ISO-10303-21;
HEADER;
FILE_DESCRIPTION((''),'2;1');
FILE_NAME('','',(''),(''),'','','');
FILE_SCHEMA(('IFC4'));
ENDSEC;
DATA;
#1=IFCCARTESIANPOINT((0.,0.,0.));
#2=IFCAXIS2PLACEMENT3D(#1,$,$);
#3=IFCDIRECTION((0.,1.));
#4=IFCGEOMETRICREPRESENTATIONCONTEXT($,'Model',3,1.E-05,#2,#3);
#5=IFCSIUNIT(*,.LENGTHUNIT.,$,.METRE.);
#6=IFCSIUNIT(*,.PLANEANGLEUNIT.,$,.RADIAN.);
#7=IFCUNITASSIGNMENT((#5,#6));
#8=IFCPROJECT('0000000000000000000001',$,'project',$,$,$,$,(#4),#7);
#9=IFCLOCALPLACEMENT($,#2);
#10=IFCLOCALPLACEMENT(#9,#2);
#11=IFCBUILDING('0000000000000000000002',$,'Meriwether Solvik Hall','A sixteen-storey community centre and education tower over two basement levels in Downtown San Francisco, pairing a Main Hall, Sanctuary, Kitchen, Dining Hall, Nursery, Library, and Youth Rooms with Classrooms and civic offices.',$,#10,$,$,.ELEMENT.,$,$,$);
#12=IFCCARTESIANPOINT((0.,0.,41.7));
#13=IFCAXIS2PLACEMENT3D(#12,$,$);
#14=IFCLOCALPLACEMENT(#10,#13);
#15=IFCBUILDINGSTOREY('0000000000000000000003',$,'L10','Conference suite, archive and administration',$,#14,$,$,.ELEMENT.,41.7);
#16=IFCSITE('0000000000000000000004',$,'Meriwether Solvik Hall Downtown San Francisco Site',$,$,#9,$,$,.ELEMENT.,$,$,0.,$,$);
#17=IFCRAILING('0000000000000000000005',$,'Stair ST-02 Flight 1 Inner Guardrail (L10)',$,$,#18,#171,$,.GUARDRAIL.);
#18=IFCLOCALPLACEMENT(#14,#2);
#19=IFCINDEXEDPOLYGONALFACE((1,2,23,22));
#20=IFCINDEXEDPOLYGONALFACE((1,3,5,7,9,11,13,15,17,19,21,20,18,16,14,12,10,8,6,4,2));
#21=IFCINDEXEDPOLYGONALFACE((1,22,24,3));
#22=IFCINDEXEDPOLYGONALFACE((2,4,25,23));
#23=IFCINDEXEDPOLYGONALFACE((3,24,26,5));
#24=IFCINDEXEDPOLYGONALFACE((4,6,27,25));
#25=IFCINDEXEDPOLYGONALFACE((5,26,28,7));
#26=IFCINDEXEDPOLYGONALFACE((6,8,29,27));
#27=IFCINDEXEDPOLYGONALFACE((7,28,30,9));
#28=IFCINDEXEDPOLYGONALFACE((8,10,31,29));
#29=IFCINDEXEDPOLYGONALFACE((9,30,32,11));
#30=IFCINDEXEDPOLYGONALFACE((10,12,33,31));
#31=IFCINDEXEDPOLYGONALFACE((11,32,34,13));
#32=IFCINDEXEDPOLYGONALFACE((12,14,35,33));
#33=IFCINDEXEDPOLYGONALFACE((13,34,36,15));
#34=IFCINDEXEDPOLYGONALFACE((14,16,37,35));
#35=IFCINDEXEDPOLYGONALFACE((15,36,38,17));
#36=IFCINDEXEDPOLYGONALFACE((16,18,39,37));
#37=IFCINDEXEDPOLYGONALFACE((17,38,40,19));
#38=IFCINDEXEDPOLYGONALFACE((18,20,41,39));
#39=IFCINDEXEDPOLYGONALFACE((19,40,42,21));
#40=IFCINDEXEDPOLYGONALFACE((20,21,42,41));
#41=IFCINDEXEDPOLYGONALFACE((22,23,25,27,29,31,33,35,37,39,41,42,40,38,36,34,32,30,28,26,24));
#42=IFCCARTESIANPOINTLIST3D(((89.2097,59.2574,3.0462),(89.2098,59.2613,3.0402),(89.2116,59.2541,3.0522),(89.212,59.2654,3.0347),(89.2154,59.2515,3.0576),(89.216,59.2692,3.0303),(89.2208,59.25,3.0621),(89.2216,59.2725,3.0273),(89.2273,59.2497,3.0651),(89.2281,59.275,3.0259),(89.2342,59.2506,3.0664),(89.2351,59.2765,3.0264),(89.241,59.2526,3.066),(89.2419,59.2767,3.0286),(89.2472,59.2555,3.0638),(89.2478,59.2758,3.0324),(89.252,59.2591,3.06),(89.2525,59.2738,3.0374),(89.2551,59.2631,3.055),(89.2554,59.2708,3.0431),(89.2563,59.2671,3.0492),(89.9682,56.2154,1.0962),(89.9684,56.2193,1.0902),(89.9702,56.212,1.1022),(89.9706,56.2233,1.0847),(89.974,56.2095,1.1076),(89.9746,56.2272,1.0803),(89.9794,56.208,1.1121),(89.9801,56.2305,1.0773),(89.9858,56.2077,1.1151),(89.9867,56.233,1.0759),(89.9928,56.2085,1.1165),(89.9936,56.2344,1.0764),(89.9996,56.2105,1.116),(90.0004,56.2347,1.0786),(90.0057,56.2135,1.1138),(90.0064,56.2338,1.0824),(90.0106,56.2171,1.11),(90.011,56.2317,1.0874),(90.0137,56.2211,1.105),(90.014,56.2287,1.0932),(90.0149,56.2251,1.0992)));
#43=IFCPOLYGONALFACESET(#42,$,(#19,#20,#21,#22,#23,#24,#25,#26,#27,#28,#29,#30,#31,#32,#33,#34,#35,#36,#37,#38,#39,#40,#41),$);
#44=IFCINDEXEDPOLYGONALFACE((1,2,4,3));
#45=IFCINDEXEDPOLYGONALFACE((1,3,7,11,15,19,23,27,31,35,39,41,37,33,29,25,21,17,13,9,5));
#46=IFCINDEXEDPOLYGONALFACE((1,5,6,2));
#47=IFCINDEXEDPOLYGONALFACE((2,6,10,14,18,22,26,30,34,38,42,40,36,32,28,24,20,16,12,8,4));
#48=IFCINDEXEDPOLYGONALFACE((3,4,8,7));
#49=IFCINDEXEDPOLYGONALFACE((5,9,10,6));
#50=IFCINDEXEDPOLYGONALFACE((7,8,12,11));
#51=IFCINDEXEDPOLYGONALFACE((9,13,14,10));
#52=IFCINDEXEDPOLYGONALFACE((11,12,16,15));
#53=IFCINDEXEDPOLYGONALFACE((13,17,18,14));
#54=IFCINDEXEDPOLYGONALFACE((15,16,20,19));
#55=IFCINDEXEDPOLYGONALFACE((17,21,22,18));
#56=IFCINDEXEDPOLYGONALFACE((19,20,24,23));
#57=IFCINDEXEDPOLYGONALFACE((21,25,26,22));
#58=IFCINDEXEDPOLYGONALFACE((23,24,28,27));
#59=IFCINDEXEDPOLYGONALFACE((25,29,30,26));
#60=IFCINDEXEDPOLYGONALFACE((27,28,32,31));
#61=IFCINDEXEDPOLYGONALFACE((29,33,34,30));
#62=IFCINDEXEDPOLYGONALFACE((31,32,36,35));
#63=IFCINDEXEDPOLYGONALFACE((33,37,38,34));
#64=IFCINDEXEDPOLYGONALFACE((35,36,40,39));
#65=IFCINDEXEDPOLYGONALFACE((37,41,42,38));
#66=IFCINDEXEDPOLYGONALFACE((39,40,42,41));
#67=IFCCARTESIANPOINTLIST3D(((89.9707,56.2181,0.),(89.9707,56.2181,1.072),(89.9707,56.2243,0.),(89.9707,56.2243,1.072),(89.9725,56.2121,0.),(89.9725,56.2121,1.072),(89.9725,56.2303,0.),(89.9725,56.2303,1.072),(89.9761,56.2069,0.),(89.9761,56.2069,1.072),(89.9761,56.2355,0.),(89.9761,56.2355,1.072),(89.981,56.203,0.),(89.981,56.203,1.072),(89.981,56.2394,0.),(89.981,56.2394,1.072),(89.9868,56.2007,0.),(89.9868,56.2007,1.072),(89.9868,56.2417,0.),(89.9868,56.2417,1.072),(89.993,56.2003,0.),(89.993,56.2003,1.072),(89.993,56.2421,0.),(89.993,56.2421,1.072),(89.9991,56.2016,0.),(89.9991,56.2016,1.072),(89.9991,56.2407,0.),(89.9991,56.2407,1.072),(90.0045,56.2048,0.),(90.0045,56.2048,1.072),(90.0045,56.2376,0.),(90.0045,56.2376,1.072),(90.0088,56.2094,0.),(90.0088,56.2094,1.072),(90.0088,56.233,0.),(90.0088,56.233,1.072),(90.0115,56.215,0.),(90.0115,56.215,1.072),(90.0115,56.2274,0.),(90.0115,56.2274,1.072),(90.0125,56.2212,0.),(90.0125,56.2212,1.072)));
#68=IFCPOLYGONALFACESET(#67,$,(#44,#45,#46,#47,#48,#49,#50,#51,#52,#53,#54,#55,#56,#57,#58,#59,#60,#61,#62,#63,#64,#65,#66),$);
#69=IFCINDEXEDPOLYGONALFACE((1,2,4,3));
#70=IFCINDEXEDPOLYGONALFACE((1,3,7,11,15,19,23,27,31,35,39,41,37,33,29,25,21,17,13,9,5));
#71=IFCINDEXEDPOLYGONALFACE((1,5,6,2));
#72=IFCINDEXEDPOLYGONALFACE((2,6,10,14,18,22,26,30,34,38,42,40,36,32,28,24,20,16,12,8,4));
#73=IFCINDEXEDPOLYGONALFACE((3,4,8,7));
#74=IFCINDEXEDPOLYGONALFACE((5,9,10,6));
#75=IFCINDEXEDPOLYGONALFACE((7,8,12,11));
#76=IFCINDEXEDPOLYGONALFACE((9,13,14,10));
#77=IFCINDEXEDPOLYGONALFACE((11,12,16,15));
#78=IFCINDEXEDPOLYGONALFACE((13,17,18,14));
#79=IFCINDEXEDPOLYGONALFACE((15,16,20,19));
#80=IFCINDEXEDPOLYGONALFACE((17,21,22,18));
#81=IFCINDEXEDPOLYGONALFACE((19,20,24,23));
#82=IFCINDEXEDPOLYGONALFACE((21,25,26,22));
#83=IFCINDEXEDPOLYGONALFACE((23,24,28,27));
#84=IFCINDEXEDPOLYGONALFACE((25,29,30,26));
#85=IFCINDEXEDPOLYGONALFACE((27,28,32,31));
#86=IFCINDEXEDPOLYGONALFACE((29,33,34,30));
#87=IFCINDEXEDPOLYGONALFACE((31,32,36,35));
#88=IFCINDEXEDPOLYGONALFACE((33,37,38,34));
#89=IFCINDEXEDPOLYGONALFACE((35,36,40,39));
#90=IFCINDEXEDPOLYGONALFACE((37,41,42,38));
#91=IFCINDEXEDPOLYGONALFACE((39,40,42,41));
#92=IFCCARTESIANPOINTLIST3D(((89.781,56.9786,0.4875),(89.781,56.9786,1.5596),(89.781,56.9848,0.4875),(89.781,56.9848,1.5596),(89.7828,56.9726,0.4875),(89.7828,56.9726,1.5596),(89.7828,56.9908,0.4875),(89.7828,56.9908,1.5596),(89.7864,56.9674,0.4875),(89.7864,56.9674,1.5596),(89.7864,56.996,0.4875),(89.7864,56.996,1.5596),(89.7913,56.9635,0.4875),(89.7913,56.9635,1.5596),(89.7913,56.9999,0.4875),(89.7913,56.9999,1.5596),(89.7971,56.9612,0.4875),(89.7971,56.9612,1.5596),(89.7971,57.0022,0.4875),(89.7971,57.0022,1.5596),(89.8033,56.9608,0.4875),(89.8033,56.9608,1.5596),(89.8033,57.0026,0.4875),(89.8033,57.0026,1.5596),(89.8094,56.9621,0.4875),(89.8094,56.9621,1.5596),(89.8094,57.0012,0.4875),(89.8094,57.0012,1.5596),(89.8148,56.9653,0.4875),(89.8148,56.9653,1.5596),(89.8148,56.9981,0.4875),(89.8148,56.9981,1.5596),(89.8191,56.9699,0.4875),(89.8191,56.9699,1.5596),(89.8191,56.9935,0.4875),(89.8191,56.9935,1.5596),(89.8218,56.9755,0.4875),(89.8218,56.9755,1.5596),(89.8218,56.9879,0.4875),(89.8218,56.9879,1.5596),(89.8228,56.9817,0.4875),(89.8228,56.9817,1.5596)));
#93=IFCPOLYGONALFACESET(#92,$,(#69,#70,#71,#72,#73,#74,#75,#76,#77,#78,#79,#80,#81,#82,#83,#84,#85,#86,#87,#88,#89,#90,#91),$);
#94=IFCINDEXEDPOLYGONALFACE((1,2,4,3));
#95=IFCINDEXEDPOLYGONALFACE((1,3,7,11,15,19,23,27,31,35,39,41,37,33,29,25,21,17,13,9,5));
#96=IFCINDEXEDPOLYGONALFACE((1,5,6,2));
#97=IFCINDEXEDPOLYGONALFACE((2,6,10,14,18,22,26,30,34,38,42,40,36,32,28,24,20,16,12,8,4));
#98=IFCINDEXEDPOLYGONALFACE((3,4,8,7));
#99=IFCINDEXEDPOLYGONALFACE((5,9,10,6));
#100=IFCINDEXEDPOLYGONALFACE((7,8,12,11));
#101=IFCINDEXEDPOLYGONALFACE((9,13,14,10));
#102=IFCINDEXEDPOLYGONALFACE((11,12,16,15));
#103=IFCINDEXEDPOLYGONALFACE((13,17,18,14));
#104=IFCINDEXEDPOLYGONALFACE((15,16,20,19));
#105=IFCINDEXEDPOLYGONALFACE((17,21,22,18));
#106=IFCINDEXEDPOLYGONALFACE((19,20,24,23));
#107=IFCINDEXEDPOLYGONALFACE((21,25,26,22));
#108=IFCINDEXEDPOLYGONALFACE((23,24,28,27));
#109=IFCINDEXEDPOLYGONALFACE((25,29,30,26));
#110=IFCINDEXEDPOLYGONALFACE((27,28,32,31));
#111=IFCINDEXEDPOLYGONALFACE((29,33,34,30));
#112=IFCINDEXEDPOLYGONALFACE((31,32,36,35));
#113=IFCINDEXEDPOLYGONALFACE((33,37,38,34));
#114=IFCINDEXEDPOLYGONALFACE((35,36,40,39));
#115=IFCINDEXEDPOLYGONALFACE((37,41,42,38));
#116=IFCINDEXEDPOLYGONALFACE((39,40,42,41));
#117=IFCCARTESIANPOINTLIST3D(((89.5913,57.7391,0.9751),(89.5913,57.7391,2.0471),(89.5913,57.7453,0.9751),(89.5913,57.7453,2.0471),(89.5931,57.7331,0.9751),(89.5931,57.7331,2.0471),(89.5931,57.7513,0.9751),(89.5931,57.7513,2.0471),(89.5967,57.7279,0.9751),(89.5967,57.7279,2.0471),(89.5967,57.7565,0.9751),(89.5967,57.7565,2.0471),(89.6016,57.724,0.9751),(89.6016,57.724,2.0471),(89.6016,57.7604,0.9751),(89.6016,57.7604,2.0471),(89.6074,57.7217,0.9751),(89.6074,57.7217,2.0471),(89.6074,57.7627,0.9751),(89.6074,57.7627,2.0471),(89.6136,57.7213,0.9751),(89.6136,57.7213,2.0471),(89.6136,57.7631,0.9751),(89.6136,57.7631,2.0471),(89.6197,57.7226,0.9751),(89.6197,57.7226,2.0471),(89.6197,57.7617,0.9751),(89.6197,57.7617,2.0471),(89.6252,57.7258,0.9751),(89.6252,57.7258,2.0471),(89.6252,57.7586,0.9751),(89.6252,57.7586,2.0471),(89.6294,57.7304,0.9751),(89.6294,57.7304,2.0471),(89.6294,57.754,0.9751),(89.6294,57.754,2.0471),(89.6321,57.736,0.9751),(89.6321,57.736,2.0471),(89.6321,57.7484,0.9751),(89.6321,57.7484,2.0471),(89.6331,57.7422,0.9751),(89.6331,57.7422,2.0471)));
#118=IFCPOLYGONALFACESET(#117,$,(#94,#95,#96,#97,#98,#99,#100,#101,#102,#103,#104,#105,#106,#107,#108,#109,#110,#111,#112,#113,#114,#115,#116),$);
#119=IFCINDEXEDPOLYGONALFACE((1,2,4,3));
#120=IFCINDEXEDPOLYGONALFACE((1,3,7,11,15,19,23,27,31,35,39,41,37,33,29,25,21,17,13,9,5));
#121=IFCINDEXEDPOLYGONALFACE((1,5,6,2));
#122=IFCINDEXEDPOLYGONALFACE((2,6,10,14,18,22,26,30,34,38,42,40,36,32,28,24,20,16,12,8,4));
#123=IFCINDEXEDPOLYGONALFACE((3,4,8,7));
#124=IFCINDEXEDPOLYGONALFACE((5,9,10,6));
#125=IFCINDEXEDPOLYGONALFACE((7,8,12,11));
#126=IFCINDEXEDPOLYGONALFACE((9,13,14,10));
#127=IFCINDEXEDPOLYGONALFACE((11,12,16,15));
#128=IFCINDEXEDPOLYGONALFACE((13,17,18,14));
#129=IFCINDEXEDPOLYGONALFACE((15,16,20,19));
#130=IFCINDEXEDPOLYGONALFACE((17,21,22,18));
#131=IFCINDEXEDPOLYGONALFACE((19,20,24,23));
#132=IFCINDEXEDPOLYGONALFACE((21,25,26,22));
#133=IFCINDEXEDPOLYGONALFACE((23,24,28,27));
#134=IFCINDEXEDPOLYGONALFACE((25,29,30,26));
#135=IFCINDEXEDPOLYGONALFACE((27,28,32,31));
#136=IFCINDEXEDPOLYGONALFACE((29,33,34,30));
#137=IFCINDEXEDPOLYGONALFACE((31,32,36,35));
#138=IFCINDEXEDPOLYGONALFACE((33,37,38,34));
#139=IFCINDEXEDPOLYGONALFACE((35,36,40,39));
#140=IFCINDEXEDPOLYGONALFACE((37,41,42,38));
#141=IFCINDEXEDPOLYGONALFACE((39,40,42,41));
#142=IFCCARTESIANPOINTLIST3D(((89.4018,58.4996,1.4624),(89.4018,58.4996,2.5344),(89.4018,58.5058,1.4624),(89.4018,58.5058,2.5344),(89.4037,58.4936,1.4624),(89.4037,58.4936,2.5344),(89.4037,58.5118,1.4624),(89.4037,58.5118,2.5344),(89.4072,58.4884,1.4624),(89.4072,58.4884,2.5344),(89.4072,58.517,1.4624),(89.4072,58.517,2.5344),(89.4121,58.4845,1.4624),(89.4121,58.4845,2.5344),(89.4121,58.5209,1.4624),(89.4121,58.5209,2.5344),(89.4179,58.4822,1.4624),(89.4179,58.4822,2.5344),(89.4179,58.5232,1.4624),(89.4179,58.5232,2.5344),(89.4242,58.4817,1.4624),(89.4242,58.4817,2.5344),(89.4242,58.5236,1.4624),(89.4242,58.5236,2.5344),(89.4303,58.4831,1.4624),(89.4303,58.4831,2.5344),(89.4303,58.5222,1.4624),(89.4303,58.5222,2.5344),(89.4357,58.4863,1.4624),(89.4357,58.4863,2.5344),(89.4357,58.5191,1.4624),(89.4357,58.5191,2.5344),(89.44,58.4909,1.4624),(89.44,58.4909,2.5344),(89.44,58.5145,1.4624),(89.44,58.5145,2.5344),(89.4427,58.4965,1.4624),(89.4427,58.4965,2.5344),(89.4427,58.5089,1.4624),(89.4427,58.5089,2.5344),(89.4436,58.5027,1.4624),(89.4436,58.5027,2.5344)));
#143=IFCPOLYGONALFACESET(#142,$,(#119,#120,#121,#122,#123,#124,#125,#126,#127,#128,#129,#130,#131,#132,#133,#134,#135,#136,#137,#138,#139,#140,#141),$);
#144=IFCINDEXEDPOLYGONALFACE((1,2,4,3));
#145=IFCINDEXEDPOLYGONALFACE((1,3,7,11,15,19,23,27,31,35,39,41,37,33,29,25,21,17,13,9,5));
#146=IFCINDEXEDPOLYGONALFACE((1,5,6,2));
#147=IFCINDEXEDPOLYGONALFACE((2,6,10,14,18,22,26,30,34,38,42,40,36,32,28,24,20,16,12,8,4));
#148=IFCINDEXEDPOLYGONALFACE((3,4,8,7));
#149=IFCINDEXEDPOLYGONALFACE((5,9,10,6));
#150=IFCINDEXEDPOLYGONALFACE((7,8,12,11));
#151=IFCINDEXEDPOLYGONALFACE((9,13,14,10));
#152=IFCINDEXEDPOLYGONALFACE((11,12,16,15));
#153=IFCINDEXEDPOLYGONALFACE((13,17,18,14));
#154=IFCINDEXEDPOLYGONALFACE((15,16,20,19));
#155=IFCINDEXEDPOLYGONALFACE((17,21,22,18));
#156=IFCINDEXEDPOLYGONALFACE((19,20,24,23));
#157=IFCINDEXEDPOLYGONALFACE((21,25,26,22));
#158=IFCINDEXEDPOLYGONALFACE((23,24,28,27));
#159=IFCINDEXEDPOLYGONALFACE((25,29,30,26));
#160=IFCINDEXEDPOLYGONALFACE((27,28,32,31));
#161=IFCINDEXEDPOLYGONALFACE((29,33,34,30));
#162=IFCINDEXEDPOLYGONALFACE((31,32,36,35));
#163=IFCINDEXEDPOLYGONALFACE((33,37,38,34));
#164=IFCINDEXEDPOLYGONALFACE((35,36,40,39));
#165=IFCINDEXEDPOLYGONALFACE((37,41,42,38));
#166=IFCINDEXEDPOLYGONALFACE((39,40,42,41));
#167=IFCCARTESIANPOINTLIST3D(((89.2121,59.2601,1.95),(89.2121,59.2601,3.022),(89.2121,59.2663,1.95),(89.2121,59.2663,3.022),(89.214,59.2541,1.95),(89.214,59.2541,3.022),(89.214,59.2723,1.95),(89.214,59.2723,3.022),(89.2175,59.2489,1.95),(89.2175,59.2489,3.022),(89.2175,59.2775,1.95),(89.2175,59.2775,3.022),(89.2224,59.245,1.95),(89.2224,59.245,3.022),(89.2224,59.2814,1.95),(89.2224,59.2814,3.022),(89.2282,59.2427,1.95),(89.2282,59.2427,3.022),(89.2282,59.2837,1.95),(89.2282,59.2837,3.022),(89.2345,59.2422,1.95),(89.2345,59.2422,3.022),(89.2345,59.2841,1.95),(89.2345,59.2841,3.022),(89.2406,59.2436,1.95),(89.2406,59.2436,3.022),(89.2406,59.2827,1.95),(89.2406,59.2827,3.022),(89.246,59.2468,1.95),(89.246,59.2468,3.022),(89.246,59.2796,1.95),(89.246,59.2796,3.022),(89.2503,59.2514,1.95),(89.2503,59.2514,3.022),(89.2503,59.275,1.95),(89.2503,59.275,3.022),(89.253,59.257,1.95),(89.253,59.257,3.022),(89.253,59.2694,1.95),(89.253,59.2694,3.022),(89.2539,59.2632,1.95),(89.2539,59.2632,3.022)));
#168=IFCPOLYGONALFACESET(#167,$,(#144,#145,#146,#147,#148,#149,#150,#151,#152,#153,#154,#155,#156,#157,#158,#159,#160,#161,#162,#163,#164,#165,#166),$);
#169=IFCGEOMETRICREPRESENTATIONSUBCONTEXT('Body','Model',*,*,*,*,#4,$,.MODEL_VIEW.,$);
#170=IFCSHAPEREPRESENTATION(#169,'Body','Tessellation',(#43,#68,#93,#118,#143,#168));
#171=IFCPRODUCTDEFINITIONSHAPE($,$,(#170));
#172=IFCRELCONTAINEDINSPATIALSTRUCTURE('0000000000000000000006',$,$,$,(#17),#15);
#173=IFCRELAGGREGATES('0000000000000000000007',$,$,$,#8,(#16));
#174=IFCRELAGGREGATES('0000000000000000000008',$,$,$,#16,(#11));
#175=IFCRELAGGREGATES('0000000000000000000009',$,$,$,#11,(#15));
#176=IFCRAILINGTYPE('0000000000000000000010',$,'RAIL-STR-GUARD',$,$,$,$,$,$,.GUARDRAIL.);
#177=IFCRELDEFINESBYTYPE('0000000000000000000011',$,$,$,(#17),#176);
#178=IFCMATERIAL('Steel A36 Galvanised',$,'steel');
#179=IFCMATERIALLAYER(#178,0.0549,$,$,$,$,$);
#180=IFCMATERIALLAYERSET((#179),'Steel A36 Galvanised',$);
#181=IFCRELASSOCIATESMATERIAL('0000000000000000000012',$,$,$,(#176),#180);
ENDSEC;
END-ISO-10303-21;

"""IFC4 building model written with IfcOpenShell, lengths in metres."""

from ifc_helpers import new_model, si_unit, direction, frame, origin, origin_2d, place, context, subcontext, project, spatial, circle, extrude, material, layer, layer_set, type_object, element, save


model = new_model("IFC4")

# Units and contexts
model_context = context("Model", 3, precision=1e-05, world=origin(), true_north=direction((0.0, 1.0)))
body_context = subcontext(model_context, "Body", "Model", "MODEL_VIEW")
ifc_project = project(units=[si_unit("LENGTHUNIT", "METRE"), si_unit("PLANEANGLEUNIT", "RADIAN")], contexts=[model_context])

# Site, building, storey
site_placement = place(None, origin())
site = spatial("IfcSite", under=ifc_project, at=site_placement, Name="Meriwether Solvik Hall Downtown San Francisco Site", CompositionType="ELEMENT", RefElevation=0.0)
building_placement = place(site_placement, origin())
building = spatial("IfcBuilding", under=site, at=building_placement, Name="Meriwether Solvik Hall", Description="A sixteen-storey community centre and education tower over two basement levels in Downtown San Francisco, pairing a Main Hall, Sanctuary, Kitchen, Dining Hall, Nursery, Library, and Youth Rooms with Classrooms and civic offices.", CompositionType="ELEMENT")
storey_placement = place(building_placement, frame((0.0, 0.0, 41.7)))
storey = spatial("IfcBuildingStorey", under=building, at=storey_placement, Name="L10", Description="Conference suite, archive and administration", CompositionType="ELEMENT", Elevation=41.7)

# Railing
ifc_material_1 = material(Name="Steel A36 Galvanised", Category="steel")
ifc_layer_1 = layer(ifc_material_1, 0.0549)
ifc_layer_set_1 = layer_set([ifc_layer_1], Name="Steel A36 Galvanised")
railing_type_1 = type_object("IfcRailingType", Name="RAIL-STR-GUARD", PredefinedType="GUARDRAIL", material=ifc_layer_set_1)
railing_1_placement = place(storey_placement, frame((89.9915, 56.2212, 0.0)))
element("IfcRailing", 1, at=railing_1_placement, inside=storey, type_object=railing_type_1, Name="Stair ST-02 Flight 1 Inner Guardrail (L10)", PredefinedType="GUARDRAIL", context=body_context, shape_type="SweptSolid", body=[
    extrude(circle(Radius=0.0239, at=origin_2d()), frame((0.0, 0.0, 1.0962), z_axis=(-0.205452, 0.823925, 0.528145), x_axis=(-0.970289, -0.241949, 0.0)), (0.0, 0.0, 1.0), 3.6921),
    extrude(circle(Radius=0.021, at=origin_2d()), origin(), (0.0, 0.0, 1.0), 1.072),
    extrude(circle(Radius=0.021, at=origin_2d()), frame((-0.1897, 0.7605, 0.4875)), (0.0, 0.0, 1.0), 1.072),
    extrude(circle(Radius=0.021, at=origin_2d()), frame((-0.3794, 1.521, 0.9751)), (0.0, 0.0, 1.0), 1.072),
    extrude(circle(Radius=0.021, at=origin_2d()), frame((-0.5688, 2.2815, 1.4624)), (0.0, 0.0, 1.0), 1.072),
    extrude(circle(Radius=0.021, at=origin_2d()), frame((-0.7585, 3.042, 1.95)), (0.0, 0.0, 1.0), 1.072),
])

save(model, "model.ifc")
